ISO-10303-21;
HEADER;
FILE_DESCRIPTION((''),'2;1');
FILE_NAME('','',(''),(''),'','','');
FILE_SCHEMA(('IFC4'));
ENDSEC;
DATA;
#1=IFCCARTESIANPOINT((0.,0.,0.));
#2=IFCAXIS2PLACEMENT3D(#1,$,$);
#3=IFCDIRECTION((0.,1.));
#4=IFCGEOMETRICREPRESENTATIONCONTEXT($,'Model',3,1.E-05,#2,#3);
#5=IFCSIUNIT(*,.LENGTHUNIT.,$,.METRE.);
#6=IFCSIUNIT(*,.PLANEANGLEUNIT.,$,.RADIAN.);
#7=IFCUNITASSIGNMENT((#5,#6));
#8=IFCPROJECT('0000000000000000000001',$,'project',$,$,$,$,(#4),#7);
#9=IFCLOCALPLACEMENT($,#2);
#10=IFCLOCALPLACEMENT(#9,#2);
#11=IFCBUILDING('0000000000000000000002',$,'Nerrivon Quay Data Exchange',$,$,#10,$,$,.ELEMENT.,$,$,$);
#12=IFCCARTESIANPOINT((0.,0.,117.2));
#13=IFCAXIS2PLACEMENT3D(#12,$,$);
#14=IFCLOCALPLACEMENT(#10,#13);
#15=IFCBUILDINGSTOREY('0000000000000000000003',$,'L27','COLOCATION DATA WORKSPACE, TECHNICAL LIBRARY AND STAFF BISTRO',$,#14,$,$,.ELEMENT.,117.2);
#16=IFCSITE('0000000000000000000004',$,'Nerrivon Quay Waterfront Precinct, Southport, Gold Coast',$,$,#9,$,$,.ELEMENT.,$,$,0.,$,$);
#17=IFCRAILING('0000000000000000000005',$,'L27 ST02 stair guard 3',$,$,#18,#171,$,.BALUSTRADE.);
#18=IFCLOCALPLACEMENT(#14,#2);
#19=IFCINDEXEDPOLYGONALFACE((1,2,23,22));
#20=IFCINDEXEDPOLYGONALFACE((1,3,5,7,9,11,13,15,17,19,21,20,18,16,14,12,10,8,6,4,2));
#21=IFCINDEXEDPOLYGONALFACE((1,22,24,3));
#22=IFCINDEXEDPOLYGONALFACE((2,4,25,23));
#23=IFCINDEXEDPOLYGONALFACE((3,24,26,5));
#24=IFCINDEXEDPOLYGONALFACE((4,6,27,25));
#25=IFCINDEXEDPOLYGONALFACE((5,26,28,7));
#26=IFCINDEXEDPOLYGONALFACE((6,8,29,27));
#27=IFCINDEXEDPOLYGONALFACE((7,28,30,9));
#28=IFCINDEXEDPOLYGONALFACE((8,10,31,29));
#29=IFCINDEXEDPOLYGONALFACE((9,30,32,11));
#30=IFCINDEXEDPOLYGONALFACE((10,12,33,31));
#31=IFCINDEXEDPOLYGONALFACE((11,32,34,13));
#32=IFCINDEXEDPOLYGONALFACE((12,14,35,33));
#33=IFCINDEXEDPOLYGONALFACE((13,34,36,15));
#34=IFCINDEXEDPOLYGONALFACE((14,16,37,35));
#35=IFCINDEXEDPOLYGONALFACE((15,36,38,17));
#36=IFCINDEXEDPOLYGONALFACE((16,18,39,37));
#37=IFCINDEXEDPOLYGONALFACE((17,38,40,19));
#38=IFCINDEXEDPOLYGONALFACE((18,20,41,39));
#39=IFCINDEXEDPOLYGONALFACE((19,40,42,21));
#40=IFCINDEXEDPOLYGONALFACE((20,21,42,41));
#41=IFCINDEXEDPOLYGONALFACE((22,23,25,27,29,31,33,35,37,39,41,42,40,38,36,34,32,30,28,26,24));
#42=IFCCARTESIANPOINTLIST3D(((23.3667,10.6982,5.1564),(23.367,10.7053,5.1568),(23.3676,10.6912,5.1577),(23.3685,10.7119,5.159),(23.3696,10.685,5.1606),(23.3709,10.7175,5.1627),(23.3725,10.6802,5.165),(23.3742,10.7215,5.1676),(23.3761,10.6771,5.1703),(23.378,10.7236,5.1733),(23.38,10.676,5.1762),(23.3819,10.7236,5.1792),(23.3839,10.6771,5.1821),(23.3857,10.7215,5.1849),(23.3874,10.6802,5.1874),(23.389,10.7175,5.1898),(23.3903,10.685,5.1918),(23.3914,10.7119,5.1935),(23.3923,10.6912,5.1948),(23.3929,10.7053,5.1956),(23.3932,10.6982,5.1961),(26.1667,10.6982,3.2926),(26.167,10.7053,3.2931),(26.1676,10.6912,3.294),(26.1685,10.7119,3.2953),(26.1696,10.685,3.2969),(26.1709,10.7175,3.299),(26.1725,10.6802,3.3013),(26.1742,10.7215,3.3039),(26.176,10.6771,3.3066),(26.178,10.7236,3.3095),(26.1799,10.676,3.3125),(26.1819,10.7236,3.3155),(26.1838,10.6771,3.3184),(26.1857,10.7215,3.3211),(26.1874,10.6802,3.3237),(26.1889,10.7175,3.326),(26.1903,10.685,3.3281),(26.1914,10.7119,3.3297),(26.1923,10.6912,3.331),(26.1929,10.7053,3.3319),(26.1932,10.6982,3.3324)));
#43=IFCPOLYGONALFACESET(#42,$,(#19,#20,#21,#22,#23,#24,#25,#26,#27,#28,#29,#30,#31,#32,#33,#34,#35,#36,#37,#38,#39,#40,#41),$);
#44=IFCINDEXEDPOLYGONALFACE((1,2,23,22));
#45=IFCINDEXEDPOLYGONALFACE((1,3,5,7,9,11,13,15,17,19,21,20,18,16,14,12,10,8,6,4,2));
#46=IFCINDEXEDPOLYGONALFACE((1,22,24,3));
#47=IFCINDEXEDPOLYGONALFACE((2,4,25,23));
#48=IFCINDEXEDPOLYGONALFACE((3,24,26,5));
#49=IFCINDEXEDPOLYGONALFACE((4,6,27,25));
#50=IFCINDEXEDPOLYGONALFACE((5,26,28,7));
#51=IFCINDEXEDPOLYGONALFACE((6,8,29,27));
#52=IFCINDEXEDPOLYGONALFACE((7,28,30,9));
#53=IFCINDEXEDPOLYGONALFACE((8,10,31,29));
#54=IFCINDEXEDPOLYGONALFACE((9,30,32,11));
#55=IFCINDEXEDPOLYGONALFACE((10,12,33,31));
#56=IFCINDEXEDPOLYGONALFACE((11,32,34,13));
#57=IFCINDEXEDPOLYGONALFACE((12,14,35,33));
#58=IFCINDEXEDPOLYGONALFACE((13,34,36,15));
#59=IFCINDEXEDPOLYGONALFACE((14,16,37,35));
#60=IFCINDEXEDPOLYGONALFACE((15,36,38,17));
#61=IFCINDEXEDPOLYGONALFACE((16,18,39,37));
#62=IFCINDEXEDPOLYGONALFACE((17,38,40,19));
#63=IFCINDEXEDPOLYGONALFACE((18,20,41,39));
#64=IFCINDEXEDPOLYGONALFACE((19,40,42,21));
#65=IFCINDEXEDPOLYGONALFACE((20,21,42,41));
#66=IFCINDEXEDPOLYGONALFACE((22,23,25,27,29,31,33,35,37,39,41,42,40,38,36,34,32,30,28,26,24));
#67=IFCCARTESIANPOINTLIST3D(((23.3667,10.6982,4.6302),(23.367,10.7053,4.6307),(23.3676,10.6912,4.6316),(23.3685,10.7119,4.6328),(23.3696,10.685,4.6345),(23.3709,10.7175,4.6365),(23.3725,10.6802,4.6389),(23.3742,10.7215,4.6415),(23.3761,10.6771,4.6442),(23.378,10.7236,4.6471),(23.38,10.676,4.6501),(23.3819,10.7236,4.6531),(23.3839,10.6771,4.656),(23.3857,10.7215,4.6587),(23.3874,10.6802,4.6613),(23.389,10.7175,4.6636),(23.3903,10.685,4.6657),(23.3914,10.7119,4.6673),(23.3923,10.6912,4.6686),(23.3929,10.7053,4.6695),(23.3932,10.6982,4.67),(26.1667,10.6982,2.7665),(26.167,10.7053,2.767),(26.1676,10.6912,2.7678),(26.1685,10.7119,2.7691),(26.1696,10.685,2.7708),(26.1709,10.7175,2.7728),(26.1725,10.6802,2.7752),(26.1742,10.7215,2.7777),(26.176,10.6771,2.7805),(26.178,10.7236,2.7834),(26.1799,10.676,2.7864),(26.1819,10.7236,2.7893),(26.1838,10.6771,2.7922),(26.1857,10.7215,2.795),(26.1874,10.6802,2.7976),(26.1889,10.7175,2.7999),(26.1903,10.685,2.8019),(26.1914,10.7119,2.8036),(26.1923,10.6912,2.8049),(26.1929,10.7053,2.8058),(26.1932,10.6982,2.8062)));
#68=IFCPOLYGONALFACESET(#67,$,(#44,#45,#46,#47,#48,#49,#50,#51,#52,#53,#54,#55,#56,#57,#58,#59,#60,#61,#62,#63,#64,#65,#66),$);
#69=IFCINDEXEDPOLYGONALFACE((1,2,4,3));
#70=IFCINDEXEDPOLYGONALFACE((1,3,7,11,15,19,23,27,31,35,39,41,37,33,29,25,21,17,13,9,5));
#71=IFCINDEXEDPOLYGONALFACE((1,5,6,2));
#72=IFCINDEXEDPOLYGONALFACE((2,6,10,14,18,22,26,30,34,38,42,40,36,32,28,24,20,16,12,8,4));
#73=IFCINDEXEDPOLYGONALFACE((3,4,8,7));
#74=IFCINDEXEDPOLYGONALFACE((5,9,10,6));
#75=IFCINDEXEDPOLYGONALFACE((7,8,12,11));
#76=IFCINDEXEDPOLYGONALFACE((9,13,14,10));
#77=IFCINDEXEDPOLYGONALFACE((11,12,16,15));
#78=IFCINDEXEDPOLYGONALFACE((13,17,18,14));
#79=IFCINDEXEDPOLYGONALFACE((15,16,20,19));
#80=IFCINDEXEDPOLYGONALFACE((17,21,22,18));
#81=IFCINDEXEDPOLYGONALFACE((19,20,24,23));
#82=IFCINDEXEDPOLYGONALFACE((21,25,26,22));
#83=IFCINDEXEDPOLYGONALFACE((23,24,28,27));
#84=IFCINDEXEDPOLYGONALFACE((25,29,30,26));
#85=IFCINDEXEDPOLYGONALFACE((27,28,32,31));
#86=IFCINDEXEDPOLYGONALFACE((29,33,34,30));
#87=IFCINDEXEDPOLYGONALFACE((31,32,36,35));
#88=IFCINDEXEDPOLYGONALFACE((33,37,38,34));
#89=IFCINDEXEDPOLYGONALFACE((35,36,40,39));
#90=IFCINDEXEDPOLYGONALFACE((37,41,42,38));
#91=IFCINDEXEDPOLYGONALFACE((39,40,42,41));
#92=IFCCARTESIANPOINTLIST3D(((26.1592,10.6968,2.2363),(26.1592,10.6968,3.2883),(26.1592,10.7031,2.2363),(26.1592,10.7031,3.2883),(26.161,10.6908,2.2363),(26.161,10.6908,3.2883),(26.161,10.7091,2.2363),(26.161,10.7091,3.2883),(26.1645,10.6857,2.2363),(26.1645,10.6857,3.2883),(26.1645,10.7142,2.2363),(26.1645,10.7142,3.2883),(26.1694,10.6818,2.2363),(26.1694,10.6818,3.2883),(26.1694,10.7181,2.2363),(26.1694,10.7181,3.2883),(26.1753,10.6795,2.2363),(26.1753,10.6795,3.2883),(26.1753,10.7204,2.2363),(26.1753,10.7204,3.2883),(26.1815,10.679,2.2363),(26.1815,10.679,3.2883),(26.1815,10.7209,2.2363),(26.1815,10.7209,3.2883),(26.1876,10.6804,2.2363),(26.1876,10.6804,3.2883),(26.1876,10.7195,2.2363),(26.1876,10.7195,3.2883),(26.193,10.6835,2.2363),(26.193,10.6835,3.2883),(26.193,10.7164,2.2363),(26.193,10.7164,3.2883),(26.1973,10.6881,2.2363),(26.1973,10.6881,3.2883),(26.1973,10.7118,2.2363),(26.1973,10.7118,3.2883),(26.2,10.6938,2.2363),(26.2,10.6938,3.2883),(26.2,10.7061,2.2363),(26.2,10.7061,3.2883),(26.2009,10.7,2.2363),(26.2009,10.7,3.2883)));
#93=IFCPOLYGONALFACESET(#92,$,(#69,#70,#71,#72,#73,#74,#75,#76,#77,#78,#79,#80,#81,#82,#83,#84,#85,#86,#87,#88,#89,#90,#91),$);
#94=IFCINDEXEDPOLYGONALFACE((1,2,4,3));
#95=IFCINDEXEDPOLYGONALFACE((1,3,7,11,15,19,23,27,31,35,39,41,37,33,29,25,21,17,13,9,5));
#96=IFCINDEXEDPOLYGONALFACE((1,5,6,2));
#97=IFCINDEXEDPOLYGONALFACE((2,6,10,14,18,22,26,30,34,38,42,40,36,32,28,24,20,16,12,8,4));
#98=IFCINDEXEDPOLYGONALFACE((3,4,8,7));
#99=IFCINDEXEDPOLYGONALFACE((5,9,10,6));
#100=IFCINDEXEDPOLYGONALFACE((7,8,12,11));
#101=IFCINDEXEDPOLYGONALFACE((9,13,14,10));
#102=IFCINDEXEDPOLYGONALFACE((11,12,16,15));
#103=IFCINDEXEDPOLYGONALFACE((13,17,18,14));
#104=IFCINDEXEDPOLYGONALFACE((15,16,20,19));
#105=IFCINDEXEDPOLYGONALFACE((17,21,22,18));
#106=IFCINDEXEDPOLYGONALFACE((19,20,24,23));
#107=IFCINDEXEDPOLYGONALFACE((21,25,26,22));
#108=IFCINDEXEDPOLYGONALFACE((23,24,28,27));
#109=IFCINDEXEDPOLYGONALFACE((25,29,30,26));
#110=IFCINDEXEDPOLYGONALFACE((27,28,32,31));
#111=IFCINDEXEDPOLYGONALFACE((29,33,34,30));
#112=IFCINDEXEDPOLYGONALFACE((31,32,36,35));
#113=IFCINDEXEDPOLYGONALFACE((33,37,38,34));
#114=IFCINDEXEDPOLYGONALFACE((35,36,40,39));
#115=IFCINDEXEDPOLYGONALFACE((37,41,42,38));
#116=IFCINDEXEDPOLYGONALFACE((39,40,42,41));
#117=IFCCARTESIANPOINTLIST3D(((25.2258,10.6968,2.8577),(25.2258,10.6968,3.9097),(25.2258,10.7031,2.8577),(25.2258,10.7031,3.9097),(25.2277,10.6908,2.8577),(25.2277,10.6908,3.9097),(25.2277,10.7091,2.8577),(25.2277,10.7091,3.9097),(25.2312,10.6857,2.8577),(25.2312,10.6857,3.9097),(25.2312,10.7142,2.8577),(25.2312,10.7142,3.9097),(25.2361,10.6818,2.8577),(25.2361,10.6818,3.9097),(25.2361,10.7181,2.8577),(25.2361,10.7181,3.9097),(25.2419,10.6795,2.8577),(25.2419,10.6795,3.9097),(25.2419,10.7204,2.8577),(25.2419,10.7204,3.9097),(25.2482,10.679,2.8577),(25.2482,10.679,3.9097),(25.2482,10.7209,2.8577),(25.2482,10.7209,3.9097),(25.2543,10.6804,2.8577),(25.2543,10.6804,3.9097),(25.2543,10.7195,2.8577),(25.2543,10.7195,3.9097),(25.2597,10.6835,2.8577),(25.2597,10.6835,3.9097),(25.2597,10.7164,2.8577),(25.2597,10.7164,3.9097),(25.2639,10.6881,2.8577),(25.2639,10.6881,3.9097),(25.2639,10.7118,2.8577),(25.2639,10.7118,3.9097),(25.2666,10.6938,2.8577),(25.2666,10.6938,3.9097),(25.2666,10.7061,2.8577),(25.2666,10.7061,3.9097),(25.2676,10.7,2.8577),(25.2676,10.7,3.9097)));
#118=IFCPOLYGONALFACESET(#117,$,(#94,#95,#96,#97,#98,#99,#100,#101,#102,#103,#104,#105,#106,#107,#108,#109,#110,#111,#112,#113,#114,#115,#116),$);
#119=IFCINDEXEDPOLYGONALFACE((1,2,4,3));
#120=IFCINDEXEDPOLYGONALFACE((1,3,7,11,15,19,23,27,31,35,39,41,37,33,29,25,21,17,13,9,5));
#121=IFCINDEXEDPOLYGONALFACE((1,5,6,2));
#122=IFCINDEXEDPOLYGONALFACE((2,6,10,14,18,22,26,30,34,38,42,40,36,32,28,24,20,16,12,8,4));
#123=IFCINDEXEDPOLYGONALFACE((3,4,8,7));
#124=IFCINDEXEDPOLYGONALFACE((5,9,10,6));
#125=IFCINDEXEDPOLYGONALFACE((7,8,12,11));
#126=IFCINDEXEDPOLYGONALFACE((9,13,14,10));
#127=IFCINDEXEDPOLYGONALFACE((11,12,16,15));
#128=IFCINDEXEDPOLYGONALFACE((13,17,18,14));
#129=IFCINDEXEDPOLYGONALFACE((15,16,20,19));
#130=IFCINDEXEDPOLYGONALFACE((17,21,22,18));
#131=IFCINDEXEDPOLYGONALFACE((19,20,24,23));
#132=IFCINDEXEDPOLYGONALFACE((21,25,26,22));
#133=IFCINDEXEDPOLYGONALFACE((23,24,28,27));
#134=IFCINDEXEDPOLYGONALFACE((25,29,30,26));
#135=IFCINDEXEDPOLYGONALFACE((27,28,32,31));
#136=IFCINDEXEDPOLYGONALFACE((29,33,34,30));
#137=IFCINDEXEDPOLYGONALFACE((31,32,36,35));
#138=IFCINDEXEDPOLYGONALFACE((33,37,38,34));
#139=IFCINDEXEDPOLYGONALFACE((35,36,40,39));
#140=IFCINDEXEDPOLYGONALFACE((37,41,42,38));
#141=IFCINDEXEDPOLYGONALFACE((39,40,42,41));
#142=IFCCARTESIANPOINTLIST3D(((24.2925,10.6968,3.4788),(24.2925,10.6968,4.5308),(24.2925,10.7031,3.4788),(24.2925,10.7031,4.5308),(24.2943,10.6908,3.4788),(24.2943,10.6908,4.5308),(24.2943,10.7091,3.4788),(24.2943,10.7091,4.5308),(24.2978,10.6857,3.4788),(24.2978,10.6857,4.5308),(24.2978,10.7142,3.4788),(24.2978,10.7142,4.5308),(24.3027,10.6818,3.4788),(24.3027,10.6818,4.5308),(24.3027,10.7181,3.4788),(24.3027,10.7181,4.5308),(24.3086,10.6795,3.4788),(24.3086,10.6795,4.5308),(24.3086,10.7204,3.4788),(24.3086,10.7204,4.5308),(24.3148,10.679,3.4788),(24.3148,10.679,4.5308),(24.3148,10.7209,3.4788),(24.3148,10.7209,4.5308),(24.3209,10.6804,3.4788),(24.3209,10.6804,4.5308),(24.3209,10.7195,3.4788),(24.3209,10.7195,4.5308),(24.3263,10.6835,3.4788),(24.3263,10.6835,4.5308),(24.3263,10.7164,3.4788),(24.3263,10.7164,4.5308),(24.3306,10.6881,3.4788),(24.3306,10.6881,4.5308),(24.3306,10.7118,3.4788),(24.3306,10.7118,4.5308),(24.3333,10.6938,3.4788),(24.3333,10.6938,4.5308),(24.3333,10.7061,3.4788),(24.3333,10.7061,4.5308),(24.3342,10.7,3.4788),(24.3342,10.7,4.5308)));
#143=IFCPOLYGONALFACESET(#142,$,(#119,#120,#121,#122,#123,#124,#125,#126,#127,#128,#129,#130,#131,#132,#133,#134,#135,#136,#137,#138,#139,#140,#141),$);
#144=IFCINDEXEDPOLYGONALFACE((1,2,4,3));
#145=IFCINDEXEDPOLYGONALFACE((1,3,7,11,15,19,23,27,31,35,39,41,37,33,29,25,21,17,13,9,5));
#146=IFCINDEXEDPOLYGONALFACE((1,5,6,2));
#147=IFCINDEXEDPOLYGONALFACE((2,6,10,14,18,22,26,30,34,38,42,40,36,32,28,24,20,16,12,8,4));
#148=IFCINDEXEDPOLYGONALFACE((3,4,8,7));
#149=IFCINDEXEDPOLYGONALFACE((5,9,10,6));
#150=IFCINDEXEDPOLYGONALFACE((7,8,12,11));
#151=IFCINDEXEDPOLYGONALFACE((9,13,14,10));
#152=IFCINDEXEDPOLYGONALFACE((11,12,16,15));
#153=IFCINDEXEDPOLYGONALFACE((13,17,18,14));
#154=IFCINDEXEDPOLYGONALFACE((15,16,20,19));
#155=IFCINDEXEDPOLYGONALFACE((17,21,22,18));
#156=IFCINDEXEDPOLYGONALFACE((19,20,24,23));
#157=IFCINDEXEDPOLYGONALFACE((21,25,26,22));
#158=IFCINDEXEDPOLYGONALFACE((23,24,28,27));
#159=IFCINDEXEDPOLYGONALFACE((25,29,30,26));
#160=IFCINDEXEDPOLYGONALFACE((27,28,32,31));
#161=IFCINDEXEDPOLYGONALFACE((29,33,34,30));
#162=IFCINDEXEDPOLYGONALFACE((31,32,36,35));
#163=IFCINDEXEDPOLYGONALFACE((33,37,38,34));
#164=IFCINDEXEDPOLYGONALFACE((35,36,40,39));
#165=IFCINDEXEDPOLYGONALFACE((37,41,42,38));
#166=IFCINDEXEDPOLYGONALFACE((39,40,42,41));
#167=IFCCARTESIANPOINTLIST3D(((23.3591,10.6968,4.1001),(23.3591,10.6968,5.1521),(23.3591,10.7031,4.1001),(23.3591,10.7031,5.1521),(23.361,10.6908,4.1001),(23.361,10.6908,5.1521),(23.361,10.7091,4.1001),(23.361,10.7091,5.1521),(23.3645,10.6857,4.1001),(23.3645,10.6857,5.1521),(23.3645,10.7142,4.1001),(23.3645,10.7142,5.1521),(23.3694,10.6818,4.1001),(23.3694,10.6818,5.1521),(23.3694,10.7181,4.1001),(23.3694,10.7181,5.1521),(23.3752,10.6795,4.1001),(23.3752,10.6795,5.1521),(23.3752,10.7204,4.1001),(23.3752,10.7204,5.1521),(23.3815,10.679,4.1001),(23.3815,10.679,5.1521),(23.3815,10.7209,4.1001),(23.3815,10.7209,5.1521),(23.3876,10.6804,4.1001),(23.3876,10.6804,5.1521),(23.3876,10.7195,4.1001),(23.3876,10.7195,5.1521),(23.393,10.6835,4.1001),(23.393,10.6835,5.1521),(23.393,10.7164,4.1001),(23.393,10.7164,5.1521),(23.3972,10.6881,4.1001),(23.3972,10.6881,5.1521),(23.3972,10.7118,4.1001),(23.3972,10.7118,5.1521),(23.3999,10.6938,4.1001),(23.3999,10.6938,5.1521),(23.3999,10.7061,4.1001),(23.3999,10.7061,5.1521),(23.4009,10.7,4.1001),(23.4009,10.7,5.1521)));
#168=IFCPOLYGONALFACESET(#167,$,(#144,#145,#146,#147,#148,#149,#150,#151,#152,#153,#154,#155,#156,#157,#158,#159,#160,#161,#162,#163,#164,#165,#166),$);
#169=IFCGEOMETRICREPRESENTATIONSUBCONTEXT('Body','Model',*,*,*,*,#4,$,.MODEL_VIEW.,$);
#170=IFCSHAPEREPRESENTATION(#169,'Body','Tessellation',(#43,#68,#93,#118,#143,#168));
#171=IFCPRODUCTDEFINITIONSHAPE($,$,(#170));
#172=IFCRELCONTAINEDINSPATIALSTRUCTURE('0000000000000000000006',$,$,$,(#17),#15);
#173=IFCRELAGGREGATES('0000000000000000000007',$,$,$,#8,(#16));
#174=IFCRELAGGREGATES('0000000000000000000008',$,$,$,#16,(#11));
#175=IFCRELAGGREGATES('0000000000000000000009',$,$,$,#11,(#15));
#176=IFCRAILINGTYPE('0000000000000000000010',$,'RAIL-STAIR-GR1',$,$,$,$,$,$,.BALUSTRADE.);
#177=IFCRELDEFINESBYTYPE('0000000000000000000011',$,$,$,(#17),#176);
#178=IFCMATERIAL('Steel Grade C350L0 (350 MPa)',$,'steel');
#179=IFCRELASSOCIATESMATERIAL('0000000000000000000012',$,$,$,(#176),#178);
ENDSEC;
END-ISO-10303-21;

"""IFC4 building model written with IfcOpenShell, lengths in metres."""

from ifc_helpers import new_model, si_unit, direction, frame, origin, origin_2d, place, context, subcontext, project, spatial, circle, extrude, material, type_object, element, save


model = new_model("IFC4")

# Units and contexts
model_context = context("Model", 3, precision=1e-05, world=origin(), true_north=direction((0.0, 1.0)))
body_context = subcontext(model_context, "Body", "Model", "MODEL_VIEW")
ifc_project = project(units=[si_unit("LENGTHUNIT", "METRE"), si_unit("PLANEANGLEUNIT", "RADIAN")], contexts=[model_context])

# Site, building, storey
site_placement = place(None, origin())
site = spatial("IfcSite", under=ifc_project, at=site_placement, Name="Nerrivon Quay Waterfront Precinct, Southport, Gold Coast", CompositionType="ELEMENT", RefElevation=0.0)
building_placement = place(site_placement, origin())
building = spatial("IfcBuilding", under=site, at=building_placement, Name="Nerrivon Quay Data Exchange", CompositionType="ELEMENT")
storey_placement = place(building_placement, frame((0.0, 0.0, 117.2)))
storey = spatial("IfcBuildingStorey", under=building, at=storey_placement, Name="L27", Description="COLOCATION DATA WORKSPACE, TECHNICAL LIBRARY AND STAFF BISTRO", CompositionType="ELEMENT", Elevation=117.2)

# Railing
ifc_material_1 = material(Name="Steel Grade C350L0 (350 MPa)", Category="steel")
railing_type_1 = type_object("IfcRailingType", Name="RAIL-STAIR-GR1", PredefinedType="BALUSTRADE", material=ifc_material_1)
railing_1_placement = place(storey_placement, frame((26.1799, 10.7, 2.2363)))
element("IfcRailing", 1, at=railing_1_placement, inside=storey, type_object=railing_type_1, Name="L27 ST02 stair guard 3", PredefinedType="BALUSTRADE", context=body_context, shape_type="SweptSolid", body=[
    extrude(circle(Radius=0.0239, at=origin_2d()), frame((0.0, 0.0, 1.0762), z_axis=(-0.832452, 0.0, 0.554097), x_axis=(0.0, -1.0, 0.0)), (0.0, 0.0, 1.0), 3.3635),
    extrude(circle(Radius=0.0239, at=origin_2d()), frame((0.0, 0.0, 0.55), z_axis=(-0.832452, 0.0, 0.554097), x_axis=(0.0, -1.0, 0.0)), (0.0, 0.0, 1.0), 3.3635),
    extrude(circle(Radius=0.021, at=origin_2d()), origin(), (0.0, 0.0, 1.0), 1.052),
    extrude(circle(Radius=0.021, at=origin_2d()), frame((-0.9333, 0.0, 0.6213)), (0.0, 0.0, 1.0), 1.052),
    extrude(circle(Radius=0.021, at=origin_2d()), frame((-1.8667, 0.0, 1.2424)), (0.0, 0.0, 1.0), 1.052),
    extrude(circle(Radius=0.021, at=origin_2d()), frame((-2.8, 0.0, 1.8638)), (0.0, 0.0, 1.0), 1.052),
])

save(model, "model.ifc")
